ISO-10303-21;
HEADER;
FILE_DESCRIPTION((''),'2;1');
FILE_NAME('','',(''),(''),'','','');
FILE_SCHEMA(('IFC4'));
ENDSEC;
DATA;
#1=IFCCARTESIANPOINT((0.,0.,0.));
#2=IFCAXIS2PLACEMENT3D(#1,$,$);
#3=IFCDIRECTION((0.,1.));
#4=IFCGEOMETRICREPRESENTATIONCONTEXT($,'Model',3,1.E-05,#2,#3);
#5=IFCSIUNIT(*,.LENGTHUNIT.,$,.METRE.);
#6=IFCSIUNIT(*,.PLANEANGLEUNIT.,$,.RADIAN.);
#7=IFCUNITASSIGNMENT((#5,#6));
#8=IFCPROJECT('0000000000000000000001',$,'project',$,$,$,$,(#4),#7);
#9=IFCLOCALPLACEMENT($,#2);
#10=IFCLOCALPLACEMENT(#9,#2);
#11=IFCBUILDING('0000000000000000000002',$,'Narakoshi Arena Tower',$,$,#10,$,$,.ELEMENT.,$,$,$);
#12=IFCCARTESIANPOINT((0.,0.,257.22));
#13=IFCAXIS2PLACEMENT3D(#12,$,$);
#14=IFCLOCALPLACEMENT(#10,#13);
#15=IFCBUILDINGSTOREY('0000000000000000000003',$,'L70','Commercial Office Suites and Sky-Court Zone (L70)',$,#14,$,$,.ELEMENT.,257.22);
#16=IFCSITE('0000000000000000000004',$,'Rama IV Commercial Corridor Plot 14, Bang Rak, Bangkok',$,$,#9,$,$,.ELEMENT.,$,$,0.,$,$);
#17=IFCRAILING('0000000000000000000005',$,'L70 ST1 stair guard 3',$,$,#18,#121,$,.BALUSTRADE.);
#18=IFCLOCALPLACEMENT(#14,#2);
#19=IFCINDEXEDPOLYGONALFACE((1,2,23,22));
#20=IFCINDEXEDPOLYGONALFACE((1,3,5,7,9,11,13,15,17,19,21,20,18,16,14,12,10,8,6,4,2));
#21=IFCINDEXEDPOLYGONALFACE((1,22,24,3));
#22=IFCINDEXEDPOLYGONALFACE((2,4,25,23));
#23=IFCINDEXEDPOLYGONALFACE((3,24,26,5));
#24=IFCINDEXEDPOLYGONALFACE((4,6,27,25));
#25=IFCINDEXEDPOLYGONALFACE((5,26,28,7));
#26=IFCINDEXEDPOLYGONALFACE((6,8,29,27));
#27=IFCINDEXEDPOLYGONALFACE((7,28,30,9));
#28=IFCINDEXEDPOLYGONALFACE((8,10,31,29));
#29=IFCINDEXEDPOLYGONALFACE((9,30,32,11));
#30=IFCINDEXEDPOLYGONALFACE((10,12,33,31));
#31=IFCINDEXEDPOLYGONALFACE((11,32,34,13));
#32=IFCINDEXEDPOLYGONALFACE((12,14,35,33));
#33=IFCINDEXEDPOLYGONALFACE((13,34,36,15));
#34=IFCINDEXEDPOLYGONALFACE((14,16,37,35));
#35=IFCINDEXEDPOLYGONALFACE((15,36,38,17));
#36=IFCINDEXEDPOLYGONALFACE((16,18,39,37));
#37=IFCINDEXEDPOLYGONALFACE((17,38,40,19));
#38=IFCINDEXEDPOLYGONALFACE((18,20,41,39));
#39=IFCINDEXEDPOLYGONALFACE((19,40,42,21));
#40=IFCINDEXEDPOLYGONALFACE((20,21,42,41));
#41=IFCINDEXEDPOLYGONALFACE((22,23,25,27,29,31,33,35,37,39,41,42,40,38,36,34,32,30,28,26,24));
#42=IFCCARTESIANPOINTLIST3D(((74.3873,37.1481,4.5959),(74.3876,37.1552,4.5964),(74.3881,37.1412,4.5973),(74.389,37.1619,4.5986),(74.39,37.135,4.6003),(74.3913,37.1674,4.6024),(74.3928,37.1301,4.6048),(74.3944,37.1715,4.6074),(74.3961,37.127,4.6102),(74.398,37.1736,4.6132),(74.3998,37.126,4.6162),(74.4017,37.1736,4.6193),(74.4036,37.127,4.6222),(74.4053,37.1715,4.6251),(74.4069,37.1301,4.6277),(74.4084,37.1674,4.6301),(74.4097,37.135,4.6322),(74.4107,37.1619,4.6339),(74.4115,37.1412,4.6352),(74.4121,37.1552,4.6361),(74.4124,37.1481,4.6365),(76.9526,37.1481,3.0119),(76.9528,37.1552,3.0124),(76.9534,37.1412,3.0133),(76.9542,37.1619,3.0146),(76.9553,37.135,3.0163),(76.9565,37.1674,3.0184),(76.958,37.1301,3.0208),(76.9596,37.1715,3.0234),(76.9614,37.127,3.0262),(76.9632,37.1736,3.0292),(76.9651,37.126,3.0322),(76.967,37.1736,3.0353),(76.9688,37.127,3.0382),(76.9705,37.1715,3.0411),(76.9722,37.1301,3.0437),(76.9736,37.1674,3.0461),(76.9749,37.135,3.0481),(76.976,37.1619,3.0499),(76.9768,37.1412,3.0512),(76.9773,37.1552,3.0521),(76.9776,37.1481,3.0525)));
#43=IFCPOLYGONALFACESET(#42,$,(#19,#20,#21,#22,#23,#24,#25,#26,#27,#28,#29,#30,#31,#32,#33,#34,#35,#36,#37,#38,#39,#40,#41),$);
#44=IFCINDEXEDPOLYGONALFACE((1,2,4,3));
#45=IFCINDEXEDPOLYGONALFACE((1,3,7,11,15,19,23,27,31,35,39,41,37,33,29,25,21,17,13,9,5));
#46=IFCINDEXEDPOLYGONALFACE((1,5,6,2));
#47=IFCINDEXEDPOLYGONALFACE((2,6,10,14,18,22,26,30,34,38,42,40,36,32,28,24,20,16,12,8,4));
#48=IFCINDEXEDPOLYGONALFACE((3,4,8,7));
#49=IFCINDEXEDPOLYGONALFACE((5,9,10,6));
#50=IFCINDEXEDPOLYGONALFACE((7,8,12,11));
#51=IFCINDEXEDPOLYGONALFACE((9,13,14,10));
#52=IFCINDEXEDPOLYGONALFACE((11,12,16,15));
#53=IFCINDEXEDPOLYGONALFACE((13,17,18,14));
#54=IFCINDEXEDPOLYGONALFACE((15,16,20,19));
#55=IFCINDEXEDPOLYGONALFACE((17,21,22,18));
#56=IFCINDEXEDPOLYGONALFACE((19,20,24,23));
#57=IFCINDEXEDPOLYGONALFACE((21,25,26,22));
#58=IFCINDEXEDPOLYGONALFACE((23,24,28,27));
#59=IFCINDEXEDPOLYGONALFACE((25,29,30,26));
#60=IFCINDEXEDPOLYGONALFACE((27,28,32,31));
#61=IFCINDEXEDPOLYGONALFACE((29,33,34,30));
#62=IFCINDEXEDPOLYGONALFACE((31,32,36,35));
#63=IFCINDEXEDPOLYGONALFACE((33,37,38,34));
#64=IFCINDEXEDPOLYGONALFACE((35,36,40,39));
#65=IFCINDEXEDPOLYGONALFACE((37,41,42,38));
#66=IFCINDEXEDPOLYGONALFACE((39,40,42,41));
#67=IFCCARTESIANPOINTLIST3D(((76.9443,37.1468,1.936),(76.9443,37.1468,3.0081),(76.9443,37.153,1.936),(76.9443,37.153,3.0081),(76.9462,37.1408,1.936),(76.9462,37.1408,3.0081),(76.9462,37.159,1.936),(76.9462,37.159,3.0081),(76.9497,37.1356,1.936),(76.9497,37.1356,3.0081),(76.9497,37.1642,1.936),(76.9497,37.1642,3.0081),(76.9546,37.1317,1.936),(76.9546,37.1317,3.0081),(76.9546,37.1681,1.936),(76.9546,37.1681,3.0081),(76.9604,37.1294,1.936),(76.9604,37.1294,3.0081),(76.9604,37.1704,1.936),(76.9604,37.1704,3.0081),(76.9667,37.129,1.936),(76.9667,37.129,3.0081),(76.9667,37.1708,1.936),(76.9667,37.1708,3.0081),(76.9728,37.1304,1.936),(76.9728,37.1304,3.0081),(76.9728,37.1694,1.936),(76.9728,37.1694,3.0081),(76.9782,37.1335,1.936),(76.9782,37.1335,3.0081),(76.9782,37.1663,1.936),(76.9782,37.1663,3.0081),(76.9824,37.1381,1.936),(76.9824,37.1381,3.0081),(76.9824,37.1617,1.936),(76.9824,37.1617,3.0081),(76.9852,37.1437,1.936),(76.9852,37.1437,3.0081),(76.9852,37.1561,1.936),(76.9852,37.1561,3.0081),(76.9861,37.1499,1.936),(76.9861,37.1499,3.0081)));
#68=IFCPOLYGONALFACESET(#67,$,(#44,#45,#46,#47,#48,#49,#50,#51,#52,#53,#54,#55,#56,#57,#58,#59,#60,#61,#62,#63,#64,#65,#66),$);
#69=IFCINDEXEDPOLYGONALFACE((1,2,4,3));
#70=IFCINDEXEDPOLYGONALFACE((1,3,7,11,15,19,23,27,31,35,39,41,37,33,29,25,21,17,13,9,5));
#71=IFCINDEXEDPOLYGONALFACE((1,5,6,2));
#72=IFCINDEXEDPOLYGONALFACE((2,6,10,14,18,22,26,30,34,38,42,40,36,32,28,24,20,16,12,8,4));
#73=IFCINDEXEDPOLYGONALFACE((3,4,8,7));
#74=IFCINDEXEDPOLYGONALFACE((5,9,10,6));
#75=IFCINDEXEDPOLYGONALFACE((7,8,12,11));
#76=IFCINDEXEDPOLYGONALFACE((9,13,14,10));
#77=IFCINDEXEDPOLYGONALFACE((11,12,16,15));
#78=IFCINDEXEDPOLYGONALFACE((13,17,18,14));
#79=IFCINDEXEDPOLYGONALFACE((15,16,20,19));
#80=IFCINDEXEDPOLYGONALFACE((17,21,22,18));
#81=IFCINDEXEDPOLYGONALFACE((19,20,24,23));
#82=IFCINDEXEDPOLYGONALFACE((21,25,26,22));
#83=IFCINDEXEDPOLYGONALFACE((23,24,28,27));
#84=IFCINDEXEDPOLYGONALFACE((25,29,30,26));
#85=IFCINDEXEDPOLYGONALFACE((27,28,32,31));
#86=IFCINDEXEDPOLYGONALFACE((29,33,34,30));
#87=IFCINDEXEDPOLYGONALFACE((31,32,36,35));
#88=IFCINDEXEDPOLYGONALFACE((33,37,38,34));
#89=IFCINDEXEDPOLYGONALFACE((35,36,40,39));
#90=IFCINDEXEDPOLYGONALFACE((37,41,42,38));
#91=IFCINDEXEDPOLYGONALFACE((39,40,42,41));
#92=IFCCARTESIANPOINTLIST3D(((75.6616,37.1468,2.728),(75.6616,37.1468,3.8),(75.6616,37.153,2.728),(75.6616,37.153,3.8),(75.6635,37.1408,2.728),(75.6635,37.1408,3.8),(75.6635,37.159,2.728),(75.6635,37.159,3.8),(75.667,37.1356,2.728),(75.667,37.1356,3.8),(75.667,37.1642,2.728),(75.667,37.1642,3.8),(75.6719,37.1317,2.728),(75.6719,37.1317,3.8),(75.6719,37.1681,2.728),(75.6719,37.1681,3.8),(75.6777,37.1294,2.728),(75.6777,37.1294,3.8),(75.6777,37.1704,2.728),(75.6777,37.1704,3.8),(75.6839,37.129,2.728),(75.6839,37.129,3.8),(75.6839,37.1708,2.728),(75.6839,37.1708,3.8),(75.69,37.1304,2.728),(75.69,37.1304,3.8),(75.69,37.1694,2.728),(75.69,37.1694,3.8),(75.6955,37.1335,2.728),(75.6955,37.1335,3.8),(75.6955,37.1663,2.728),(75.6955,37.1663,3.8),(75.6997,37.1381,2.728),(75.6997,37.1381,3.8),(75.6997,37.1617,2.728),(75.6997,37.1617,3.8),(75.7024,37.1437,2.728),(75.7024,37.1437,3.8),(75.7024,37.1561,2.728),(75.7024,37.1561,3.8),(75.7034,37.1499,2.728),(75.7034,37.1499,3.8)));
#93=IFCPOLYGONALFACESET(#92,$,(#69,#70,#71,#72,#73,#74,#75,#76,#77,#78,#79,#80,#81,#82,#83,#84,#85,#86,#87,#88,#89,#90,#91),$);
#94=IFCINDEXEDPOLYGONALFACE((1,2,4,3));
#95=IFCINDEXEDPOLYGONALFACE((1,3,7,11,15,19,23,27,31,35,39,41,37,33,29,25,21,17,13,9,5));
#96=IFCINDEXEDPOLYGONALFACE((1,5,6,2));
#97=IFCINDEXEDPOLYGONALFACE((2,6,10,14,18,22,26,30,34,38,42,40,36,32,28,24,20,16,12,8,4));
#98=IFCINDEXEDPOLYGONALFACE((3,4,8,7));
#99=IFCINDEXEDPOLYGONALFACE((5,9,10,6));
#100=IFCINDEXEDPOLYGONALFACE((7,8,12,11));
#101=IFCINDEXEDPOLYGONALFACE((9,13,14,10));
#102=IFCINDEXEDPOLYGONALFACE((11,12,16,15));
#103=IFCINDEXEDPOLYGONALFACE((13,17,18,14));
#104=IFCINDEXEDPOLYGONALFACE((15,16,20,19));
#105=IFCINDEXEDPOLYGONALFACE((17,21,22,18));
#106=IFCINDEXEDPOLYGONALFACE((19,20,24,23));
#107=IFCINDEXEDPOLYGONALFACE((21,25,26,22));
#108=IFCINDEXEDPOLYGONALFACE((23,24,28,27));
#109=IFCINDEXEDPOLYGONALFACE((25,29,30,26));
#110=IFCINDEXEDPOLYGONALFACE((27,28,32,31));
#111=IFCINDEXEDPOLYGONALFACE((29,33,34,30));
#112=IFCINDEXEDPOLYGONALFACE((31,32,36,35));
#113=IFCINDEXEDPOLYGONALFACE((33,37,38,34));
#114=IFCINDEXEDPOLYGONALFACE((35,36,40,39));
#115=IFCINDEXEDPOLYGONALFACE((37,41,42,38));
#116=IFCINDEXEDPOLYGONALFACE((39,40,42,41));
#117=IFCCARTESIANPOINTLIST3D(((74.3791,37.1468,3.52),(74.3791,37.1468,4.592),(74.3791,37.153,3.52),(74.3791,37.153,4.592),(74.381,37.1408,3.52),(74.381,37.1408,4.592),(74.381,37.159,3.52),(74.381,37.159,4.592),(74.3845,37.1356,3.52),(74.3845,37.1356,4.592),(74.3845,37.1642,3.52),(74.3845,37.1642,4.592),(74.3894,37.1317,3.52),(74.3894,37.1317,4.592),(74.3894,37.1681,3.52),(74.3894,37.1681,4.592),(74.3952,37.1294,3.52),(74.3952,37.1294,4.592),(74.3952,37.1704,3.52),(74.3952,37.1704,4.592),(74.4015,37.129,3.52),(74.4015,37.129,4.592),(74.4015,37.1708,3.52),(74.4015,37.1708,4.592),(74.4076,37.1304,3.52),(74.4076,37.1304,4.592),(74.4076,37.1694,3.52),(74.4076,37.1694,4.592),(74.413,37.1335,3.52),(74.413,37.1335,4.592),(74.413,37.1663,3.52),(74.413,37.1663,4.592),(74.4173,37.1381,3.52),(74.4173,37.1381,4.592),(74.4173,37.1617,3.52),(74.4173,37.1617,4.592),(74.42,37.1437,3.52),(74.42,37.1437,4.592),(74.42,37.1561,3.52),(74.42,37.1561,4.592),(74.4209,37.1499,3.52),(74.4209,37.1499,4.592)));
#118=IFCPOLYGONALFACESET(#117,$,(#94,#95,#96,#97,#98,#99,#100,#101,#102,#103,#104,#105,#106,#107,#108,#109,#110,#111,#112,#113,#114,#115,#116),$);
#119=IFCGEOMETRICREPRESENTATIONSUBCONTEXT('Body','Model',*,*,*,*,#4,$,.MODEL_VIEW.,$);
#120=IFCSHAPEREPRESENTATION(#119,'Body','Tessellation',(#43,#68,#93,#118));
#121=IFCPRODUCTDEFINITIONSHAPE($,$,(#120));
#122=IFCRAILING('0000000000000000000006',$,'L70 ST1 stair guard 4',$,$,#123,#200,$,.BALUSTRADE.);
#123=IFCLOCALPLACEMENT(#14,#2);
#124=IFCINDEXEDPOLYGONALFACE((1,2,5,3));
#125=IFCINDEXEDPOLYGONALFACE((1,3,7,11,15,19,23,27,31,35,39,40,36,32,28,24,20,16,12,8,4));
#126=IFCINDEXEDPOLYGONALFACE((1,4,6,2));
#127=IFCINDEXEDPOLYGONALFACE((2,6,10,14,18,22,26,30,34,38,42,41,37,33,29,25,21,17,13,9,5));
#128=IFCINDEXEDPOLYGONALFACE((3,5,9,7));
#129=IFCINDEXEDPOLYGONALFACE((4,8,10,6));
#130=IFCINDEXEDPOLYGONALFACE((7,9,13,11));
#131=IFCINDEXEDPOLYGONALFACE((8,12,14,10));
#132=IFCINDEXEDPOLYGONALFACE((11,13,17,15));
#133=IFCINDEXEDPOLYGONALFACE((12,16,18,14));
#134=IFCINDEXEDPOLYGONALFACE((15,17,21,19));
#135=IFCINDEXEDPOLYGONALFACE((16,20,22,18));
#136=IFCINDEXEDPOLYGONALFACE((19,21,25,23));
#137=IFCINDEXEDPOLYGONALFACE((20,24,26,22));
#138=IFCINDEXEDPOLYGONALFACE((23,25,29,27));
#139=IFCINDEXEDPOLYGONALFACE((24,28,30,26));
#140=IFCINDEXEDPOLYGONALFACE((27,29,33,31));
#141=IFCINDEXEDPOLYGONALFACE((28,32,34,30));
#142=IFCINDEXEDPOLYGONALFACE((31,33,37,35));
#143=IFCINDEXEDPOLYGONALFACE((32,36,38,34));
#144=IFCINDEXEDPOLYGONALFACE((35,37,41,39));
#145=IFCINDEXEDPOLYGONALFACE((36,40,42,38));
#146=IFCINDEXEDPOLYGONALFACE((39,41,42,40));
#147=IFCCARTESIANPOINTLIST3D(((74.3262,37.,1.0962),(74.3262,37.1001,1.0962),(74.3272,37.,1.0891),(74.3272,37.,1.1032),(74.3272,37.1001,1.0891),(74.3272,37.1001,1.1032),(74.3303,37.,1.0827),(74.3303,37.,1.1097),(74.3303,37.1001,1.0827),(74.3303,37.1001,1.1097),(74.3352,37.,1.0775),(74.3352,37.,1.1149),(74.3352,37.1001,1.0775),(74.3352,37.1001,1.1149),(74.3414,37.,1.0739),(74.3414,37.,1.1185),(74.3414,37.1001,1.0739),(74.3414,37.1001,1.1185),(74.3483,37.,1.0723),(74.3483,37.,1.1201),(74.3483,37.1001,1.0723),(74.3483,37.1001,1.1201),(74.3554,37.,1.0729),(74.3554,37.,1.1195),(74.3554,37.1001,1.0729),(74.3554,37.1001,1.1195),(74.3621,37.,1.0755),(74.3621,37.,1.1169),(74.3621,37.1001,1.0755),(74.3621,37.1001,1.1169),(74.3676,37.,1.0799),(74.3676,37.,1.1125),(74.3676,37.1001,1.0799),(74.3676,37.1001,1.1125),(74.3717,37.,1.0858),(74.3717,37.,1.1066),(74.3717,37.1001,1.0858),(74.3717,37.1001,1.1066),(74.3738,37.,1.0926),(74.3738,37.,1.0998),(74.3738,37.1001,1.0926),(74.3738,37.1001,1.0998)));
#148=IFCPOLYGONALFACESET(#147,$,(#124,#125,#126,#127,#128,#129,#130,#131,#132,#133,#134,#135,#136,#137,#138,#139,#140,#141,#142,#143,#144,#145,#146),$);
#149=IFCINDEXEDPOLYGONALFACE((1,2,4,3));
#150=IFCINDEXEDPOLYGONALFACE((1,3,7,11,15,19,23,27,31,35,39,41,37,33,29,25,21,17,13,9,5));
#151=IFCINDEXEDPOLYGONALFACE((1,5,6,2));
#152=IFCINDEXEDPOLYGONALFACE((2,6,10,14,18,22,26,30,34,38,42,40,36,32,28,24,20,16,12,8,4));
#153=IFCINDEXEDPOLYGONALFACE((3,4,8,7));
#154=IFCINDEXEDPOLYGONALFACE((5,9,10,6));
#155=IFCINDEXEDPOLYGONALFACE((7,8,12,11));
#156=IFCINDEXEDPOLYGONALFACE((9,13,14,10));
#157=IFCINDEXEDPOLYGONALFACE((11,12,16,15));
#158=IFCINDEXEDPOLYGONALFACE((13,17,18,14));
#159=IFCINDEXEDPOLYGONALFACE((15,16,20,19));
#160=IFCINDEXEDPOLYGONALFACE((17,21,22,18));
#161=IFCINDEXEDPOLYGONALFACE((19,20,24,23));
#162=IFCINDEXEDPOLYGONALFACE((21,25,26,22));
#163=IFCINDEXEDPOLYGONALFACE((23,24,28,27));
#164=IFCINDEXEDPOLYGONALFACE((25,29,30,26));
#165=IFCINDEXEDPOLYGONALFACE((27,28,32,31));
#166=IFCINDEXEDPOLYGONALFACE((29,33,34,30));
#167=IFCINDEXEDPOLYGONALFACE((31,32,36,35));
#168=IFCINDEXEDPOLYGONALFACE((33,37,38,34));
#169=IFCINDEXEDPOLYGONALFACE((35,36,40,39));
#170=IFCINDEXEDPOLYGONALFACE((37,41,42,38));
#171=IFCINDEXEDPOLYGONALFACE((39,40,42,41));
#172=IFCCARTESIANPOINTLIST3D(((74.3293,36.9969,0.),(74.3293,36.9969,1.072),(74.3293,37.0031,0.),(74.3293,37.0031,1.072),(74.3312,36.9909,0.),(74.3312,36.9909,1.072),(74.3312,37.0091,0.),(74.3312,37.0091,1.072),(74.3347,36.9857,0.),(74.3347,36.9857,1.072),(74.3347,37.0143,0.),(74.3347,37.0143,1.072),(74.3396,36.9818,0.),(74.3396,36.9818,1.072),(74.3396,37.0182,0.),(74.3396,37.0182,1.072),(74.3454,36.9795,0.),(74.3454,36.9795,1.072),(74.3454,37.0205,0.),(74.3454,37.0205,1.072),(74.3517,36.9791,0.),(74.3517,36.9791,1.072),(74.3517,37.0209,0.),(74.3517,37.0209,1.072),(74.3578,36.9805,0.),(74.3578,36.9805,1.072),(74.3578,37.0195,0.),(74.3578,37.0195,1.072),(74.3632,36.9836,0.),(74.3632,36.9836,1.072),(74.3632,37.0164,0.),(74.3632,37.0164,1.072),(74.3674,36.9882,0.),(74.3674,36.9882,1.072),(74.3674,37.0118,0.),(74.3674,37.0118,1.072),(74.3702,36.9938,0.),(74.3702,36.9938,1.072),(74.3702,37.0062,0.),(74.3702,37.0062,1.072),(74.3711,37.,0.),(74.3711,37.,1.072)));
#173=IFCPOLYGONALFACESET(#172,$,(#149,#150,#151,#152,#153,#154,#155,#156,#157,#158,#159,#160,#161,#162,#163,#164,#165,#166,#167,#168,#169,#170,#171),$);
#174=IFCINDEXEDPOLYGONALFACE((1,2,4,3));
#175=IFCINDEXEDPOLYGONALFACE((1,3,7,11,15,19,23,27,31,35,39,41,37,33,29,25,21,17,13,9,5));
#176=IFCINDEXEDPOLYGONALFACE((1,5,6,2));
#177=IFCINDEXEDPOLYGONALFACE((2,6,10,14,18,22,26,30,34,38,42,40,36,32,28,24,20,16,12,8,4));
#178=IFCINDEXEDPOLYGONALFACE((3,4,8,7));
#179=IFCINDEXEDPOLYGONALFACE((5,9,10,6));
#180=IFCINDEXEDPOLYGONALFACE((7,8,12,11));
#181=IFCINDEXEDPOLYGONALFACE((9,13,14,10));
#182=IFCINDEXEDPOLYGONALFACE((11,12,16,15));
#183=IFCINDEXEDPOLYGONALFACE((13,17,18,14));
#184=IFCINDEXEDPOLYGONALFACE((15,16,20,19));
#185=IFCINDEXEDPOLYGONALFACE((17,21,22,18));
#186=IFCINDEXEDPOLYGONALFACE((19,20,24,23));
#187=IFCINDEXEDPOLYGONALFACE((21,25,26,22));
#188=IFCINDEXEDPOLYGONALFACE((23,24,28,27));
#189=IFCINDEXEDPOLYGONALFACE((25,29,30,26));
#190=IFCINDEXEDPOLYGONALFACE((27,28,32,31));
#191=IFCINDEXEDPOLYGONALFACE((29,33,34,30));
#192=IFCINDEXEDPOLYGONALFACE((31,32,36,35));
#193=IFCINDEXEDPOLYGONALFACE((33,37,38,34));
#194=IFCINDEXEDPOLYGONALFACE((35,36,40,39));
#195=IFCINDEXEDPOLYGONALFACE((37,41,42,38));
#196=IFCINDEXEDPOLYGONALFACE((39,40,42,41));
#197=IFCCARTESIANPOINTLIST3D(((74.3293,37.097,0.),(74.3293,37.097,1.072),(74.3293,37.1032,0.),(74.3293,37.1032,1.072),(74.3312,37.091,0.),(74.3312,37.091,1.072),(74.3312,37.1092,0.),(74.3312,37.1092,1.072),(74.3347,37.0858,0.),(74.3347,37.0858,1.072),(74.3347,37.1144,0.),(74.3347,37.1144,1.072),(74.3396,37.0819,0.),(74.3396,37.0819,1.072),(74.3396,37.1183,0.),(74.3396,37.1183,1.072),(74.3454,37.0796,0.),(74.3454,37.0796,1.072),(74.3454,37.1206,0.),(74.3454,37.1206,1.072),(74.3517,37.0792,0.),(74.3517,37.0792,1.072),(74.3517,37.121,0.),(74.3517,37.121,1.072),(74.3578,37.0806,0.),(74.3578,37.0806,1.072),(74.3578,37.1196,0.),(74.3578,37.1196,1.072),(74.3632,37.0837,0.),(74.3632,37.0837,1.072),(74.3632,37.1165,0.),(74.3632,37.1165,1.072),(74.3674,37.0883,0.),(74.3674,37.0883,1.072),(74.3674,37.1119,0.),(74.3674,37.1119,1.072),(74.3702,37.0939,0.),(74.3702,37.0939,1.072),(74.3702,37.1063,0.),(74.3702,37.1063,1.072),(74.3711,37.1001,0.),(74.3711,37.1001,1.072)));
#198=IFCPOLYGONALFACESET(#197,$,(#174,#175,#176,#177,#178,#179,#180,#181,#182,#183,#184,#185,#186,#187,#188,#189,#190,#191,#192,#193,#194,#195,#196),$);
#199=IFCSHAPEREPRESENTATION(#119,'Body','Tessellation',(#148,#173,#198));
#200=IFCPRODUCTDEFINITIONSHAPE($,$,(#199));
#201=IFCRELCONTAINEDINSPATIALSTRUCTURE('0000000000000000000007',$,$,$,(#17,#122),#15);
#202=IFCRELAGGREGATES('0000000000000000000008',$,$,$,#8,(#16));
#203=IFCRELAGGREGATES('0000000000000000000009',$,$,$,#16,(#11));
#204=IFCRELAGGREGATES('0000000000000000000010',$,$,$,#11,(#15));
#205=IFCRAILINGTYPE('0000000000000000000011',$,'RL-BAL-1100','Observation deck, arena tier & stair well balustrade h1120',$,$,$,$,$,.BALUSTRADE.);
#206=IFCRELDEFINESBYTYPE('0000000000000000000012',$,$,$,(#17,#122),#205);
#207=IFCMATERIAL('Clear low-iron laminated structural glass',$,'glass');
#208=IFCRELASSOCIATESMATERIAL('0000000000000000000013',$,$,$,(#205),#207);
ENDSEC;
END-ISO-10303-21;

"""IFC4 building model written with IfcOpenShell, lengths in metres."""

from ifc_helpers import new_model, si_unit, direction, frame, origin, origin_2d, place, context, subcontext, project, spatial, circle, extrude, material, type_object, element, save


model = new_model("IFC4")

# Units and contexts
model_context = context("Model", 3, precision=1e-05, world=origin(), true_north=direction((0.0, 1.0)))
body_context = subcontext(model_context, "Body", "Model", "MODEL_VIEW")
ifc_project = project(units=[si_unit("LENGTHUNIT", "METRE"), si_unit("PLANEANGLEUNIT", "RADIAN")], contexts=[model_context])

# Site, building, storey
site_placement = place(None, origin())
site = spatial("IfcSite", under=ifc_project, at=site_placement, Name="Rama IV Commercial Corridor Plot 14, Bang Rak, Bangkok", CompositionType="ELEMENT", RefElevation=0.0)
building_placement = place(site_placement, origin())
building = spatial("IfcBuilding", under=site, at=building_placement, Name="Narakoshi Arena Tower", CompositionType="ELEMENT")
storey_placement = place(building_placement, frame((0.0, 0.0, 257.22)))
storey = spatial("IfcBuildingStorey", under=building, at=storey_placement, Name="L70", Description="Commercial Office Suites and Sky-Court Zone (L70)", CompositionType="ELEMENT", Elevation=257.22)

# Railings
ifc_material_1 = material(Name="Clear low-iron laminated structural glass", Category="glass")
railing_type_1 = type_object("IfcRailingType", Name="RL-BAL-1100", Description="Observation deck, arena tier & stair well balustrade h1120", PredefinedType="BALUSTRADE", material=ifc_material_1)
railing_1_placement = place(storey_placement, frame((76.9651, 37.1499, 1.936)))
element("IfcRailing", 1, at=railing_1_placement, inside=storey, type_object=railing_type_1, Name="L70 ST1 stair guard 3", PredefinedType="BALUSTRADE", context=body_context, shape_type="SweptSolid", body=[
    extrude(circle(Radius=0.0239, at=origin_2d()), frame((0.0, 0.0, 1.0962), z_axis=(-0.850857, 0.0, 0.525398), x_axis=(0.0, -1.0, 0.0)), (0.0, 0.0, 1.0), 3.0149),
    extrude(circle(Radius=0.021, at=origin_2d()), origin(), (0.0, 0.0, 1.0), 1.072),
    extrude(circle(Radius=0.021, at=origin_2d()), frame((-1.2827, 0.0, 0.792)), (0.0, 0.0, 1.0), 1.072),
    extrude(circle(Radius=0.021, at=origin_2d()), frame((-2.5652, 0.0, 1.584)), (0.0, 0.0, 1.0), 1.072),
])
railing_2_placement = place(storey_placement, frame((74.3501, 37.0, 0.0)))
element("IfcRailing", 2, at=railing_2_placement, inside=storey, type_object=railing_type_1, Name="L70 ST1 stair guard 4", PredefinedType="BALUSTRADE", context=body_context, shape_type="SweptSolid", body=[
    extrude(circle(Radius=0.0239, at=origin_2d()), frame((0.0, 0.0, 1.0962), z_axis=(0.0, 1.0, 0.0), x_axis=(-1.0, 0.0, 0.0)), (0.0, 0.0, 1.0), 0.1001),
    extrude(circle(Radius=0.021, at=origin_2d()), origin(), (0.0, 0.0, 1.0), 1.072),
    extrude(circle(Radius=0.021, at=origin_2d()), frame((0.0, 0.1001, 0.0)), (0.0, 0.0, 1.0), 1.072),
])

save(model, "model.ifc")
